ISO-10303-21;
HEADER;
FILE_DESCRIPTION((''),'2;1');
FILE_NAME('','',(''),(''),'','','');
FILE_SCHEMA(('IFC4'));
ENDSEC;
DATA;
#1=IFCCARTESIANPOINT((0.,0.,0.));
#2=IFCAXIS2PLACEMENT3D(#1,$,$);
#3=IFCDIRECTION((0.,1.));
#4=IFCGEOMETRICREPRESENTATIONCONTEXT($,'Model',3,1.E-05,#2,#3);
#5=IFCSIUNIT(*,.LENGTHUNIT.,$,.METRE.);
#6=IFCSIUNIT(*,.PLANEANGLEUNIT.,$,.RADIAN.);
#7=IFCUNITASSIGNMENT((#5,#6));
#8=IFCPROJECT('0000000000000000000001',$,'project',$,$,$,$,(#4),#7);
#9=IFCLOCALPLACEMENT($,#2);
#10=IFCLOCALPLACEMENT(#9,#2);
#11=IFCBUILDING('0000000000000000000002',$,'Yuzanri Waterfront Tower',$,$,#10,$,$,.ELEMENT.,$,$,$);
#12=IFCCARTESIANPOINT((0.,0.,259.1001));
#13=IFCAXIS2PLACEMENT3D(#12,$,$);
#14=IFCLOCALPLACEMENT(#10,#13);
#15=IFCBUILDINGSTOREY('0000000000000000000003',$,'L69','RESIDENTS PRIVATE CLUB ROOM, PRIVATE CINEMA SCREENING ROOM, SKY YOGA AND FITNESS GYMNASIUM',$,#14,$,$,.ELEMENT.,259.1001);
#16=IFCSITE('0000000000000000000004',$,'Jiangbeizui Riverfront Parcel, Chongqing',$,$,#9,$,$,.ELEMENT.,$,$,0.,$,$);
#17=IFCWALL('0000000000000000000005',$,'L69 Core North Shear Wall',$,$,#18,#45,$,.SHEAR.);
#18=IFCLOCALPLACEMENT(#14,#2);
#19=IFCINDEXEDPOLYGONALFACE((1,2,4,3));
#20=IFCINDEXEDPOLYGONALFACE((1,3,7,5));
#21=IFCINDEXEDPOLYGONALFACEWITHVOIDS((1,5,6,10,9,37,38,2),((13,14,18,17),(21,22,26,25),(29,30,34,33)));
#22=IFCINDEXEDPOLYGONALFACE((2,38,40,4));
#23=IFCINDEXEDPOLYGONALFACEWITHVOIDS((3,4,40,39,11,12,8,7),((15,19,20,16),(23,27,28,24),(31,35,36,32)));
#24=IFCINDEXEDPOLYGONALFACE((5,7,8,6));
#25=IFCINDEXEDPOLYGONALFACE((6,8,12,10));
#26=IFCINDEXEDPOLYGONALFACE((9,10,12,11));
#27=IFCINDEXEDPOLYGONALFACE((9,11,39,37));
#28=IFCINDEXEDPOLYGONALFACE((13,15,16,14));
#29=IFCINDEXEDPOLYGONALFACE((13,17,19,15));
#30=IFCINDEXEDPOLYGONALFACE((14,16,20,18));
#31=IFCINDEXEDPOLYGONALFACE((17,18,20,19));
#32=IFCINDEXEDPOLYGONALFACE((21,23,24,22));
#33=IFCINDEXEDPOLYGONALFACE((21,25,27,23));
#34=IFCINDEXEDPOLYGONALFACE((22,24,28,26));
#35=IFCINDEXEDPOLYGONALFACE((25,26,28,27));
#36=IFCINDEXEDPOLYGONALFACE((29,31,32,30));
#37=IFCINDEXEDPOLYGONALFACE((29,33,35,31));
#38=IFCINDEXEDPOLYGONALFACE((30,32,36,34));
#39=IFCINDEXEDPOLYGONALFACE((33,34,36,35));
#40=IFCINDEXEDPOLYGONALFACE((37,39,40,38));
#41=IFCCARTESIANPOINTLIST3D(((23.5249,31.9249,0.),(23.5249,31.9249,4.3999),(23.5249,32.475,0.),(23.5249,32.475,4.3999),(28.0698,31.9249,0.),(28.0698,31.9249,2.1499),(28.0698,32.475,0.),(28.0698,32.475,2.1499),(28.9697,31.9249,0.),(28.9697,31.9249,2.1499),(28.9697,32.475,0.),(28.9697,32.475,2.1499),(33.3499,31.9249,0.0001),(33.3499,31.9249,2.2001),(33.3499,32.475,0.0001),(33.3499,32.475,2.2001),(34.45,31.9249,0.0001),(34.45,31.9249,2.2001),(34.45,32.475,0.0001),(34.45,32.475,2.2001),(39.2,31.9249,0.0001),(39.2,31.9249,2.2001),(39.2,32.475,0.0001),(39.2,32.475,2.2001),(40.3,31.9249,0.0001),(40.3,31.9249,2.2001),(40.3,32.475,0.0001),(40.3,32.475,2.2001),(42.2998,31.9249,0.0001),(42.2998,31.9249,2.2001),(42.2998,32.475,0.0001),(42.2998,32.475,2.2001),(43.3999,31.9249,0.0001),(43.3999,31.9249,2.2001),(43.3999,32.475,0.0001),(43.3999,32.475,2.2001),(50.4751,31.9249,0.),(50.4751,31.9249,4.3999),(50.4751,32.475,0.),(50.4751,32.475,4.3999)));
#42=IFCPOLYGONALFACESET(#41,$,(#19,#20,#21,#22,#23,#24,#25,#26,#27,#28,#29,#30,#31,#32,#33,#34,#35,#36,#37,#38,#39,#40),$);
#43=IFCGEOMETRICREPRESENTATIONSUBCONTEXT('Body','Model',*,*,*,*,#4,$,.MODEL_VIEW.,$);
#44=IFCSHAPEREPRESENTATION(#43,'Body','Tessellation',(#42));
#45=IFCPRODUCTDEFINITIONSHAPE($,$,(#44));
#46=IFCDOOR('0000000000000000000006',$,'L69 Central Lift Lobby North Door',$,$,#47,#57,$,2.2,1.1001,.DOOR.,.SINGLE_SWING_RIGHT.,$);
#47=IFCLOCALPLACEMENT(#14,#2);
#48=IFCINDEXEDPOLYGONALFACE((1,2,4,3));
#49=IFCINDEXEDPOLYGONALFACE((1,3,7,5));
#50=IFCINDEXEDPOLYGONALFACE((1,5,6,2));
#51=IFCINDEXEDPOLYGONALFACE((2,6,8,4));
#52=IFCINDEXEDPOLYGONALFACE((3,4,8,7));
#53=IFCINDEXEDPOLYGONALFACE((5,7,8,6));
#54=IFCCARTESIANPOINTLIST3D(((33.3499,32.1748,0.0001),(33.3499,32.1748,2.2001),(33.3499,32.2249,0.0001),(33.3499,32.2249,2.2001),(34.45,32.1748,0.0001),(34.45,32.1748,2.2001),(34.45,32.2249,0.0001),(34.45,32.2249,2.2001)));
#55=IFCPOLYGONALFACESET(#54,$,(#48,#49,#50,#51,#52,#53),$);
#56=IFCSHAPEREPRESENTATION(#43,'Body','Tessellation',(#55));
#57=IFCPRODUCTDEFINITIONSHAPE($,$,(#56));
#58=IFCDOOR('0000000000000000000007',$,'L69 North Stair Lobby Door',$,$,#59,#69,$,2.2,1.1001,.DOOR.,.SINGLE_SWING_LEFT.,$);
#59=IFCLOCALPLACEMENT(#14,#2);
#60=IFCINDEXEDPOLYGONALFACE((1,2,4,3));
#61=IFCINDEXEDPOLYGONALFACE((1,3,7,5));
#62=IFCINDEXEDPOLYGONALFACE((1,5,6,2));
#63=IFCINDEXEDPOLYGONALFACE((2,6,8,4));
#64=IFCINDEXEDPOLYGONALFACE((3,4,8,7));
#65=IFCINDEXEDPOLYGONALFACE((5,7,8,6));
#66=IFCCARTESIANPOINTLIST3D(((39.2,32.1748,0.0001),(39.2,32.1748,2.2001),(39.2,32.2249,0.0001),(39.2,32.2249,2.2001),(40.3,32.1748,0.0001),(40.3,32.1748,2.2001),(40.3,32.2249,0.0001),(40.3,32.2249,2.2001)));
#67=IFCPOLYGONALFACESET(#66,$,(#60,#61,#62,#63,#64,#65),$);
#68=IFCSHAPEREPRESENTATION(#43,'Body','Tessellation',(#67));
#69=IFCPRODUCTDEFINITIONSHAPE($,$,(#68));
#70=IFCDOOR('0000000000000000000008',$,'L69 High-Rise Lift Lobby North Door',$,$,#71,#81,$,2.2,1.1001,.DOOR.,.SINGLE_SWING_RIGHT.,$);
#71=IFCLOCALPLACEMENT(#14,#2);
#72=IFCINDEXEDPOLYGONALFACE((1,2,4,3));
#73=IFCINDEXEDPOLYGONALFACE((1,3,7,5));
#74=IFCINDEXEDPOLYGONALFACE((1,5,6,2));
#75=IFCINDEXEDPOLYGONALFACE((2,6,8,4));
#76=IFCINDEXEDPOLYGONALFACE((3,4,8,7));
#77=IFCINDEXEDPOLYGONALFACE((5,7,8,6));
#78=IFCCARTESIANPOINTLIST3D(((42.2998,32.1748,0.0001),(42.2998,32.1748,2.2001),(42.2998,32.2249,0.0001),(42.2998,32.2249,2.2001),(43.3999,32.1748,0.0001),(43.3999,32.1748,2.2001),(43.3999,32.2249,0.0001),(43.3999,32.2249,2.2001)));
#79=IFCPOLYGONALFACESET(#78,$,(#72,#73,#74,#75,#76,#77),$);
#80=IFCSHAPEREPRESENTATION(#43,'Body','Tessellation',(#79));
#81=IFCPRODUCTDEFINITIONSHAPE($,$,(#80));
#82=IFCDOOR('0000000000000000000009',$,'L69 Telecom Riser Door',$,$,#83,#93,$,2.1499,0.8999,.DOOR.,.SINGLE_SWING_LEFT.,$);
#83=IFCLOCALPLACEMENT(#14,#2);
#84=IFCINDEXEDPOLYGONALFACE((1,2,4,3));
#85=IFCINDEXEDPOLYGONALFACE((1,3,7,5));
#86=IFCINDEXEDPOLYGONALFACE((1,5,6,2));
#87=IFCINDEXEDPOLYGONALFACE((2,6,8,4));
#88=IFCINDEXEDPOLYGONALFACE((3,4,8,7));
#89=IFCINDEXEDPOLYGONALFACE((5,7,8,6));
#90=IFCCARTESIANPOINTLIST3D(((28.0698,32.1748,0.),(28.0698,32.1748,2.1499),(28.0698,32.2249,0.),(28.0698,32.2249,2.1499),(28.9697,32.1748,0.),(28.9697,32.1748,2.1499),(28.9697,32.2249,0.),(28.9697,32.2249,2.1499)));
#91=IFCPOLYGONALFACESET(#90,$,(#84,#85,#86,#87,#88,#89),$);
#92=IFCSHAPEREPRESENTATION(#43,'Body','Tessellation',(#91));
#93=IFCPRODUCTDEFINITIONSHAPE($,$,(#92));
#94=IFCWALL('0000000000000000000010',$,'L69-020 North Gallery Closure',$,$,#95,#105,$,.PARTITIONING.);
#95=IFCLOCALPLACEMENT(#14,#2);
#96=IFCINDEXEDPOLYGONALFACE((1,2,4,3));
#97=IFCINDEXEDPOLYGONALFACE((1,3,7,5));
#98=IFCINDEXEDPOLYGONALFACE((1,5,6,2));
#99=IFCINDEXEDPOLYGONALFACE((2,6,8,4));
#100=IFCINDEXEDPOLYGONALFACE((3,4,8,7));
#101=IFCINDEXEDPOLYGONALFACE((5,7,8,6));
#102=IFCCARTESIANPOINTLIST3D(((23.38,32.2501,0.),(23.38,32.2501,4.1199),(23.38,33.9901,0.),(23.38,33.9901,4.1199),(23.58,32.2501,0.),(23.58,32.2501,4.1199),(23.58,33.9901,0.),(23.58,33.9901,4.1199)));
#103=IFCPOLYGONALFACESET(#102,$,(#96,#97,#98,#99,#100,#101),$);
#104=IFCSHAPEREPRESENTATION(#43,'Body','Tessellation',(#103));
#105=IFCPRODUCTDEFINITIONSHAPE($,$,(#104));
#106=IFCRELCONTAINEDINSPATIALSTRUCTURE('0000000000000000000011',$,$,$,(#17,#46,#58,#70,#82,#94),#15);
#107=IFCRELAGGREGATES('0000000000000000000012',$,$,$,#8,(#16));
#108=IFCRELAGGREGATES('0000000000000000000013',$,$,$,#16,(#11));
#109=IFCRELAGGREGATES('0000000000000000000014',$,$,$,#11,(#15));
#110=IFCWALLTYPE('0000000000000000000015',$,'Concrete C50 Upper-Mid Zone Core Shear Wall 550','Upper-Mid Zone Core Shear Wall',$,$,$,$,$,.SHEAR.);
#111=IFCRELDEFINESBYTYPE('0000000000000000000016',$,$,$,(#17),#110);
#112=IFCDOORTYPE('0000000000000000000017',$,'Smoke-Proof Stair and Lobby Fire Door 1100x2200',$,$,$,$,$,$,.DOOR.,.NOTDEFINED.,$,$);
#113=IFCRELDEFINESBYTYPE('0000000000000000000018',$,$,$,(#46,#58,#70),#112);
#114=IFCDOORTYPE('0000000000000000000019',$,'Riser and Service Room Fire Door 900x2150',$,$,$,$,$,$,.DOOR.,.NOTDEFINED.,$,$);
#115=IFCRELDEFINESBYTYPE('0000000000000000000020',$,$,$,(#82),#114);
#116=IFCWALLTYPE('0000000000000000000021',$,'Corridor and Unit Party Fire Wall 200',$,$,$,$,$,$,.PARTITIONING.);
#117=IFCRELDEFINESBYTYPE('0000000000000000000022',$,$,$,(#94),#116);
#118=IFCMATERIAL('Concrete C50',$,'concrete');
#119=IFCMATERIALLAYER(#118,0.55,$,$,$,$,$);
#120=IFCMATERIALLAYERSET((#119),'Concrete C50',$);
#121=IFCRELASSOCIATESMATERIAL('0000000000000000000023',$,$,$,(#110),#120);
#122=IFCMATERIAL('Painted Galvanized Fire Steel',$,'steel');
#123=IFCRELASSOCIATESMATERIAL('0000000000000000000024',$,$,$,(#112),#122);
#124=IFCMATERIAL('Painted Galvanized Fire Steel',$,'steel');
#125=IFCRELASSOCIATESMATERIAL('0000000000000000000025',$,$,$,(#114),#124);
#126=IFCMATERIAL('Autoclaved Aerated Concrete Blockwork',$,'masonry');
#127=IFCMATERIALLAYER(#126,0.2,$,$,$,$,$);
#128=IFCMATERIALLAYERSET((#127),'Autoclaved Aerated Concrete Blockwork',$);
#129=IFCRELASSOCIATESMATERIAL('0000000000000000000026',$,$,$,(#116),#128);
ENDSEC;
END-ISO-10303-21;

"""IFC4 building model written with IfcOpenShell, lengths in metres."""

from ifc_helpers import new_model, si_unit, direction, frame, frame_2d, origin, place, context, subcontext, project, spatial, rectangle, extrude, source, transform, mapped, material, layer, layer_set, type_object, element, fill, save


model = new_model("IFC4")

# Units and contexts
model_context = context("Model", 3, precision=1e-05, world=origin(), true_north=direction((0.0, 1.0)))
body_context = subcontext(model_context, "Body", "Model", "MODEL_VIEW")
ifc_project = project(units=[si_unit("LENGTHUNIT", "METRE"), si_unit("PLANEANGLEUNIT", "RADIAN")], contexts=[model_context])

# Site, building, storey
site_placement = place(None, origin())
site = spatial("IfcSite", under=ifc_project, at=site_placement, Name="Jiangbeizui Riverfront Parcel, Chongqing", CompositionType="ELEMENT", RefElevation=0.0)
building_placement = place(site_placement, origin())
building = spatial("IfcBuilding", under=site, at=building_placement, Name="Yuzanri Waterfront Tower", CompositionType="ELEMENT")
storey_placement = place(building_placement, frame((0.0, 0.0, 259.1001)))
storey = spatial("IfcBuildingStorey", under=building, at=storey_placement, Name="L69", Description="RESIDENTS PRIVATE CLUB ROOM, PRIVATE CINEMA SCREENING ROOM, SKY YOGA AND FITNESS GYMNASIUM", CompositionType="ELEMENT", Elevation=259.1001)

# Wall, openings, doors
ifc_material_1 = material(Name="Concrete C50", Category="concrete")
ifc_layer_1 = layer(ifc_material_1, 0.55)
ifc_layer_set_1 = layer_set([ifc_layer_1], Name="Concrete C50")
wall_type_1 = type_object("IfcWallType", Name="Concrete C50 Upper-Mid Zone Core Shear Wall 550", Description="Upper-Mid Zone Core Shear Wall", PredefinedType="SHEAR", material=ifc_layer_set_1)
wall_1_placement = place(storey_placement, frame((23.5249, 32.2, 0.0), z_axis=(0.0, 0.0, 1.0), x_axis=(1.0, 0.0, 0.0)))
wall_1 = element("IfcWall", 1, at=wall_1_placement, inside=storey, type_object=wall_type_1, Name="L69 Core North Shear Wall", PredefinedType="SHEAR", context=body_context, shape_type="SweptSolid", body=[
    extrude(rectangle(XDim=26.9502, YDim=0.55, at=frame_2d((13.4751, 0.0))), origin(), (0.0, 0.0, 1.0), 4.3999),
])
opening_1_placement = place(wall_1_placement, frame((4.5449, 0.0, 0.0)))
opening_1 = element("IfcOpeningElement", 2, at=opening_1_placement, cuts=wall_1, PredefinedType="OPENING", context=body_context, shape_type="SweptSolid", body=[
    extrude(rectangle(XDim=0.8999, YDim=2.1499, at=frame_2d((0.45, 1.075))), frame((0.0, 0.29, 0.0), z_axis=(0.0, -1.0, 0.0), x_axis=(1.0, 0.0, 0.0)), (0.0, 0.0, 1.0), 0.5798),
])
opening_2_placement = place(wall_1_placement, frame((9.825, 0.0, 0.0)))
opening_2 = element("IfcOpeningElement", 3, at=opening_2_placement, cuts=wall_1, PredefinedType="OPENING", context=body_context, shape_type="SweptSolid", body=[
    extrude(rectangle(XDim=1.1001, YDim=2.2, at=frame_2d((0.55, 1.1001))), frame((0.0, 0.29, 0.0), z_axis=(0.0, -1.0, 0.0), x_axis=(1.0, 0.0, 0.0)), (0.0, 0.0, 1.0), 0.5798),
])
opening_3_placement = place(wall_1_placement, frame((15.675, 0.0, 0.0)))
opening_3 = element("IfcOpeningElement", 4, at=opening_3_placement, cuts=wall_1, PredefinedType="OPENING", context=body_context, shape_type="SweptSolid", body=[
    extrude(rectangle(XDim=1.1001, YDim=2.2, at=frame_2d((0.55, 1.1001))), frame((0.0, 0.29, 0.0), z_axis=(0.0, -1.0, 0.0), x_axis=(1.0, 0.0, 0.0)), (0.0, 0.0, 1.0), 0.5798),
])
opening_4_placement = place(wall_1_placement, frame((18.7749, 0.0, 0.0)))
opening_4 = element("IfcOpeningElement", 5, at=opening_4_placement, cuts=wall_1, PredefinedType="OPENING", context=body_context, shape_type="SweptSolid", body=[
    extrude(rectangle(XDim=1.1001, YDim=2.2, at=frame_2d((0.55, 1.1001))), frame((0.0, 0.29, 0.0), z_axis=(0.0, -1.0, 0.0), x_axis=(1.0, 0.0, 0.0)), (0.0, 0.0, 1.0), 0.5798),
])
ifc_material_2 = material(Name="Painted Galvanized Fire Steel", Category="steel")
door_type_1 = type_object("IfcDoorType", Name="Smoke-Proof Stair and Lobby Fire Door 1100x2200", OperationType="NOTDEFINED", PredefinedType="DOOR", material=ifc_material_2)
shared_shape_1 = source(origin(), body_context, "Body", "SweptSolid", [
    extrude(rectangle(XDim=1.1001, YDim=2.2, at=frame_2d((0.55, 1.1001))), frame((0.0, 0.0249, 0.0), z_axis=(0.0, -1.0, 0.0), x_axis=(1.0, 0.0, 0.0)), (0.0, 0.0, 1.0), 0.05),
])
door_1_placement = place(opening_2_placement, origin())
door_1 = element("IfcDoor", 6, at=door_1_placement, inside=storey, type_object=door_type_1, Name="L69 Central Lift Lobby North Door", OperationType="SINGLE_SWING_RIGHT", OverallHeight=2.2, OverallWidth=1.1001, PredefinedType="DOOR", context=body_context, shape_type="MappedRepresentation", body=[
    mapped(shared_shape_1, transform((0.0, 0.0, 0.0), scale=1.0)),
])
fill(opening_2, door_1)
door_2_placement = place(opening_3_placement, origin())
door_2 = element("IfcDoor", 7, at=door_2_placement, inside=storey, type_object=door_type_1, Name="L69 North Stair Lobby Door", OperationType="SINGLE_SWING_LEFT", OverallHeight=2.2, OverallWidth=1.1001, PredefinedType="DOOR", context=body_context, shape_type="MappedRepresentation", body=[
    mapped(shared_shape_1, transform((0.0, 0.0, 0.0), scale=1.0)),
])
fill(opening_3, door_2)
door_3_placement = place(opening_4_placement, origin())
door_3 = element("IfcDoor", 8, at=door_3_placement, inside=storey, type_object=door_type_1, Name="L69 High-Rise Lift Lobby North Door", OperationType="SINGLE_SWING_RIGHT", OverallHeight=2.2, OverallWidth=1.1001, PredefinedType="DOOR", context=body_context, shape_type="MappedRepresentation", body=[
    mapped(shared_shape_1, transform((0.0, 0.0, 0.0), scale=1.0)),
])
fill(opening_4, door_3)
ifc_material_3 = material(Name="Painted Galvanized Fire Steel", Category="steel")
door_type_2 = type_object("IfcDoorType", Name="Riser and Service Room Fire Door 900x2150", OperationType="NOTDEFINED", PredefinedType="DOOR", material=ifc_material_3)
shared_shape_2 = source(origin(), body_context, "Body", "SweptSolid", [
    extrude(rectangle(XDim=0.8999, YDim=2.1499, at=frame_2d((0.45, 1.075))), frame((0.0, 0.0249, 0.0), z_axis=(0.0, -1.0, 0.0), x_axis=(1.0, 0.0, 0.0)), (0.0, 0.0, 1.0), 0.05),
])
door_4_placement = place(opening_1_placement, origin())
door_4 = element("IfcDoor", 9, at=door_4_placement, inside=storey, type_object=door_type_2, Name="L69 Telecom Riser Door", OperationType="SINGLE_SWING_LEFT", OverallHeight=2.1499, OverallWidth=0.8999, PredefinedType="DOOR", context=body_context, shape_type="MappedRepresentation", body=[
    mapped(shared_shape_2, transform((0.0, 0.0, 0.0), scale=1.0)),
])
fill(opening_1, door_4)

# Wall
ifc_material_4 = material(Name="Autoclaved Aerated Concrete Blockwork", Category="masonry")
ifc_layer_2 = layer(ifc_material_4, 0.2)
ifc_layer_set_2 = layer_set([ifc_layer_2], Name="Autoclaved Aerated Concrete Blockwork")
wall_type_2 = type_object("IfcWallType", Name="Corridor and Unit Party Fire Wall 200", PredefinedType="PARTITIONING", material=ifc_layer_set_2)
shared_shape_3 = source(origin(), body_context, "Body", "SweptSolid", [
    extrude(rectangle(XDim=1.74, YDim=0.2, at=frame_2d((0.8701, 0.0))), origin(), (0.0, 0.0, 1.0), 4.1199),
])
wall_2_placement = place(storey_placement, frame((23.48, 32.25, 0.0), z_axis=(0.0, 0.0, 1.0), x_axis=(0.0, 1.0, 0.0)))
element("IfcWall", 10, at=wall_2_placement, inside=storey, type_object=wall_type_2, Name="L69-020 North Gallery Closure", PredefinedType="PARTITIONING", context=body_context, shape_type="MappedRepresentation", body=[
    mapped(shared_shape_3, transform((0.0, 0.0, 0.0), scale=1.0)),
])

save(model, "model.ifc")
